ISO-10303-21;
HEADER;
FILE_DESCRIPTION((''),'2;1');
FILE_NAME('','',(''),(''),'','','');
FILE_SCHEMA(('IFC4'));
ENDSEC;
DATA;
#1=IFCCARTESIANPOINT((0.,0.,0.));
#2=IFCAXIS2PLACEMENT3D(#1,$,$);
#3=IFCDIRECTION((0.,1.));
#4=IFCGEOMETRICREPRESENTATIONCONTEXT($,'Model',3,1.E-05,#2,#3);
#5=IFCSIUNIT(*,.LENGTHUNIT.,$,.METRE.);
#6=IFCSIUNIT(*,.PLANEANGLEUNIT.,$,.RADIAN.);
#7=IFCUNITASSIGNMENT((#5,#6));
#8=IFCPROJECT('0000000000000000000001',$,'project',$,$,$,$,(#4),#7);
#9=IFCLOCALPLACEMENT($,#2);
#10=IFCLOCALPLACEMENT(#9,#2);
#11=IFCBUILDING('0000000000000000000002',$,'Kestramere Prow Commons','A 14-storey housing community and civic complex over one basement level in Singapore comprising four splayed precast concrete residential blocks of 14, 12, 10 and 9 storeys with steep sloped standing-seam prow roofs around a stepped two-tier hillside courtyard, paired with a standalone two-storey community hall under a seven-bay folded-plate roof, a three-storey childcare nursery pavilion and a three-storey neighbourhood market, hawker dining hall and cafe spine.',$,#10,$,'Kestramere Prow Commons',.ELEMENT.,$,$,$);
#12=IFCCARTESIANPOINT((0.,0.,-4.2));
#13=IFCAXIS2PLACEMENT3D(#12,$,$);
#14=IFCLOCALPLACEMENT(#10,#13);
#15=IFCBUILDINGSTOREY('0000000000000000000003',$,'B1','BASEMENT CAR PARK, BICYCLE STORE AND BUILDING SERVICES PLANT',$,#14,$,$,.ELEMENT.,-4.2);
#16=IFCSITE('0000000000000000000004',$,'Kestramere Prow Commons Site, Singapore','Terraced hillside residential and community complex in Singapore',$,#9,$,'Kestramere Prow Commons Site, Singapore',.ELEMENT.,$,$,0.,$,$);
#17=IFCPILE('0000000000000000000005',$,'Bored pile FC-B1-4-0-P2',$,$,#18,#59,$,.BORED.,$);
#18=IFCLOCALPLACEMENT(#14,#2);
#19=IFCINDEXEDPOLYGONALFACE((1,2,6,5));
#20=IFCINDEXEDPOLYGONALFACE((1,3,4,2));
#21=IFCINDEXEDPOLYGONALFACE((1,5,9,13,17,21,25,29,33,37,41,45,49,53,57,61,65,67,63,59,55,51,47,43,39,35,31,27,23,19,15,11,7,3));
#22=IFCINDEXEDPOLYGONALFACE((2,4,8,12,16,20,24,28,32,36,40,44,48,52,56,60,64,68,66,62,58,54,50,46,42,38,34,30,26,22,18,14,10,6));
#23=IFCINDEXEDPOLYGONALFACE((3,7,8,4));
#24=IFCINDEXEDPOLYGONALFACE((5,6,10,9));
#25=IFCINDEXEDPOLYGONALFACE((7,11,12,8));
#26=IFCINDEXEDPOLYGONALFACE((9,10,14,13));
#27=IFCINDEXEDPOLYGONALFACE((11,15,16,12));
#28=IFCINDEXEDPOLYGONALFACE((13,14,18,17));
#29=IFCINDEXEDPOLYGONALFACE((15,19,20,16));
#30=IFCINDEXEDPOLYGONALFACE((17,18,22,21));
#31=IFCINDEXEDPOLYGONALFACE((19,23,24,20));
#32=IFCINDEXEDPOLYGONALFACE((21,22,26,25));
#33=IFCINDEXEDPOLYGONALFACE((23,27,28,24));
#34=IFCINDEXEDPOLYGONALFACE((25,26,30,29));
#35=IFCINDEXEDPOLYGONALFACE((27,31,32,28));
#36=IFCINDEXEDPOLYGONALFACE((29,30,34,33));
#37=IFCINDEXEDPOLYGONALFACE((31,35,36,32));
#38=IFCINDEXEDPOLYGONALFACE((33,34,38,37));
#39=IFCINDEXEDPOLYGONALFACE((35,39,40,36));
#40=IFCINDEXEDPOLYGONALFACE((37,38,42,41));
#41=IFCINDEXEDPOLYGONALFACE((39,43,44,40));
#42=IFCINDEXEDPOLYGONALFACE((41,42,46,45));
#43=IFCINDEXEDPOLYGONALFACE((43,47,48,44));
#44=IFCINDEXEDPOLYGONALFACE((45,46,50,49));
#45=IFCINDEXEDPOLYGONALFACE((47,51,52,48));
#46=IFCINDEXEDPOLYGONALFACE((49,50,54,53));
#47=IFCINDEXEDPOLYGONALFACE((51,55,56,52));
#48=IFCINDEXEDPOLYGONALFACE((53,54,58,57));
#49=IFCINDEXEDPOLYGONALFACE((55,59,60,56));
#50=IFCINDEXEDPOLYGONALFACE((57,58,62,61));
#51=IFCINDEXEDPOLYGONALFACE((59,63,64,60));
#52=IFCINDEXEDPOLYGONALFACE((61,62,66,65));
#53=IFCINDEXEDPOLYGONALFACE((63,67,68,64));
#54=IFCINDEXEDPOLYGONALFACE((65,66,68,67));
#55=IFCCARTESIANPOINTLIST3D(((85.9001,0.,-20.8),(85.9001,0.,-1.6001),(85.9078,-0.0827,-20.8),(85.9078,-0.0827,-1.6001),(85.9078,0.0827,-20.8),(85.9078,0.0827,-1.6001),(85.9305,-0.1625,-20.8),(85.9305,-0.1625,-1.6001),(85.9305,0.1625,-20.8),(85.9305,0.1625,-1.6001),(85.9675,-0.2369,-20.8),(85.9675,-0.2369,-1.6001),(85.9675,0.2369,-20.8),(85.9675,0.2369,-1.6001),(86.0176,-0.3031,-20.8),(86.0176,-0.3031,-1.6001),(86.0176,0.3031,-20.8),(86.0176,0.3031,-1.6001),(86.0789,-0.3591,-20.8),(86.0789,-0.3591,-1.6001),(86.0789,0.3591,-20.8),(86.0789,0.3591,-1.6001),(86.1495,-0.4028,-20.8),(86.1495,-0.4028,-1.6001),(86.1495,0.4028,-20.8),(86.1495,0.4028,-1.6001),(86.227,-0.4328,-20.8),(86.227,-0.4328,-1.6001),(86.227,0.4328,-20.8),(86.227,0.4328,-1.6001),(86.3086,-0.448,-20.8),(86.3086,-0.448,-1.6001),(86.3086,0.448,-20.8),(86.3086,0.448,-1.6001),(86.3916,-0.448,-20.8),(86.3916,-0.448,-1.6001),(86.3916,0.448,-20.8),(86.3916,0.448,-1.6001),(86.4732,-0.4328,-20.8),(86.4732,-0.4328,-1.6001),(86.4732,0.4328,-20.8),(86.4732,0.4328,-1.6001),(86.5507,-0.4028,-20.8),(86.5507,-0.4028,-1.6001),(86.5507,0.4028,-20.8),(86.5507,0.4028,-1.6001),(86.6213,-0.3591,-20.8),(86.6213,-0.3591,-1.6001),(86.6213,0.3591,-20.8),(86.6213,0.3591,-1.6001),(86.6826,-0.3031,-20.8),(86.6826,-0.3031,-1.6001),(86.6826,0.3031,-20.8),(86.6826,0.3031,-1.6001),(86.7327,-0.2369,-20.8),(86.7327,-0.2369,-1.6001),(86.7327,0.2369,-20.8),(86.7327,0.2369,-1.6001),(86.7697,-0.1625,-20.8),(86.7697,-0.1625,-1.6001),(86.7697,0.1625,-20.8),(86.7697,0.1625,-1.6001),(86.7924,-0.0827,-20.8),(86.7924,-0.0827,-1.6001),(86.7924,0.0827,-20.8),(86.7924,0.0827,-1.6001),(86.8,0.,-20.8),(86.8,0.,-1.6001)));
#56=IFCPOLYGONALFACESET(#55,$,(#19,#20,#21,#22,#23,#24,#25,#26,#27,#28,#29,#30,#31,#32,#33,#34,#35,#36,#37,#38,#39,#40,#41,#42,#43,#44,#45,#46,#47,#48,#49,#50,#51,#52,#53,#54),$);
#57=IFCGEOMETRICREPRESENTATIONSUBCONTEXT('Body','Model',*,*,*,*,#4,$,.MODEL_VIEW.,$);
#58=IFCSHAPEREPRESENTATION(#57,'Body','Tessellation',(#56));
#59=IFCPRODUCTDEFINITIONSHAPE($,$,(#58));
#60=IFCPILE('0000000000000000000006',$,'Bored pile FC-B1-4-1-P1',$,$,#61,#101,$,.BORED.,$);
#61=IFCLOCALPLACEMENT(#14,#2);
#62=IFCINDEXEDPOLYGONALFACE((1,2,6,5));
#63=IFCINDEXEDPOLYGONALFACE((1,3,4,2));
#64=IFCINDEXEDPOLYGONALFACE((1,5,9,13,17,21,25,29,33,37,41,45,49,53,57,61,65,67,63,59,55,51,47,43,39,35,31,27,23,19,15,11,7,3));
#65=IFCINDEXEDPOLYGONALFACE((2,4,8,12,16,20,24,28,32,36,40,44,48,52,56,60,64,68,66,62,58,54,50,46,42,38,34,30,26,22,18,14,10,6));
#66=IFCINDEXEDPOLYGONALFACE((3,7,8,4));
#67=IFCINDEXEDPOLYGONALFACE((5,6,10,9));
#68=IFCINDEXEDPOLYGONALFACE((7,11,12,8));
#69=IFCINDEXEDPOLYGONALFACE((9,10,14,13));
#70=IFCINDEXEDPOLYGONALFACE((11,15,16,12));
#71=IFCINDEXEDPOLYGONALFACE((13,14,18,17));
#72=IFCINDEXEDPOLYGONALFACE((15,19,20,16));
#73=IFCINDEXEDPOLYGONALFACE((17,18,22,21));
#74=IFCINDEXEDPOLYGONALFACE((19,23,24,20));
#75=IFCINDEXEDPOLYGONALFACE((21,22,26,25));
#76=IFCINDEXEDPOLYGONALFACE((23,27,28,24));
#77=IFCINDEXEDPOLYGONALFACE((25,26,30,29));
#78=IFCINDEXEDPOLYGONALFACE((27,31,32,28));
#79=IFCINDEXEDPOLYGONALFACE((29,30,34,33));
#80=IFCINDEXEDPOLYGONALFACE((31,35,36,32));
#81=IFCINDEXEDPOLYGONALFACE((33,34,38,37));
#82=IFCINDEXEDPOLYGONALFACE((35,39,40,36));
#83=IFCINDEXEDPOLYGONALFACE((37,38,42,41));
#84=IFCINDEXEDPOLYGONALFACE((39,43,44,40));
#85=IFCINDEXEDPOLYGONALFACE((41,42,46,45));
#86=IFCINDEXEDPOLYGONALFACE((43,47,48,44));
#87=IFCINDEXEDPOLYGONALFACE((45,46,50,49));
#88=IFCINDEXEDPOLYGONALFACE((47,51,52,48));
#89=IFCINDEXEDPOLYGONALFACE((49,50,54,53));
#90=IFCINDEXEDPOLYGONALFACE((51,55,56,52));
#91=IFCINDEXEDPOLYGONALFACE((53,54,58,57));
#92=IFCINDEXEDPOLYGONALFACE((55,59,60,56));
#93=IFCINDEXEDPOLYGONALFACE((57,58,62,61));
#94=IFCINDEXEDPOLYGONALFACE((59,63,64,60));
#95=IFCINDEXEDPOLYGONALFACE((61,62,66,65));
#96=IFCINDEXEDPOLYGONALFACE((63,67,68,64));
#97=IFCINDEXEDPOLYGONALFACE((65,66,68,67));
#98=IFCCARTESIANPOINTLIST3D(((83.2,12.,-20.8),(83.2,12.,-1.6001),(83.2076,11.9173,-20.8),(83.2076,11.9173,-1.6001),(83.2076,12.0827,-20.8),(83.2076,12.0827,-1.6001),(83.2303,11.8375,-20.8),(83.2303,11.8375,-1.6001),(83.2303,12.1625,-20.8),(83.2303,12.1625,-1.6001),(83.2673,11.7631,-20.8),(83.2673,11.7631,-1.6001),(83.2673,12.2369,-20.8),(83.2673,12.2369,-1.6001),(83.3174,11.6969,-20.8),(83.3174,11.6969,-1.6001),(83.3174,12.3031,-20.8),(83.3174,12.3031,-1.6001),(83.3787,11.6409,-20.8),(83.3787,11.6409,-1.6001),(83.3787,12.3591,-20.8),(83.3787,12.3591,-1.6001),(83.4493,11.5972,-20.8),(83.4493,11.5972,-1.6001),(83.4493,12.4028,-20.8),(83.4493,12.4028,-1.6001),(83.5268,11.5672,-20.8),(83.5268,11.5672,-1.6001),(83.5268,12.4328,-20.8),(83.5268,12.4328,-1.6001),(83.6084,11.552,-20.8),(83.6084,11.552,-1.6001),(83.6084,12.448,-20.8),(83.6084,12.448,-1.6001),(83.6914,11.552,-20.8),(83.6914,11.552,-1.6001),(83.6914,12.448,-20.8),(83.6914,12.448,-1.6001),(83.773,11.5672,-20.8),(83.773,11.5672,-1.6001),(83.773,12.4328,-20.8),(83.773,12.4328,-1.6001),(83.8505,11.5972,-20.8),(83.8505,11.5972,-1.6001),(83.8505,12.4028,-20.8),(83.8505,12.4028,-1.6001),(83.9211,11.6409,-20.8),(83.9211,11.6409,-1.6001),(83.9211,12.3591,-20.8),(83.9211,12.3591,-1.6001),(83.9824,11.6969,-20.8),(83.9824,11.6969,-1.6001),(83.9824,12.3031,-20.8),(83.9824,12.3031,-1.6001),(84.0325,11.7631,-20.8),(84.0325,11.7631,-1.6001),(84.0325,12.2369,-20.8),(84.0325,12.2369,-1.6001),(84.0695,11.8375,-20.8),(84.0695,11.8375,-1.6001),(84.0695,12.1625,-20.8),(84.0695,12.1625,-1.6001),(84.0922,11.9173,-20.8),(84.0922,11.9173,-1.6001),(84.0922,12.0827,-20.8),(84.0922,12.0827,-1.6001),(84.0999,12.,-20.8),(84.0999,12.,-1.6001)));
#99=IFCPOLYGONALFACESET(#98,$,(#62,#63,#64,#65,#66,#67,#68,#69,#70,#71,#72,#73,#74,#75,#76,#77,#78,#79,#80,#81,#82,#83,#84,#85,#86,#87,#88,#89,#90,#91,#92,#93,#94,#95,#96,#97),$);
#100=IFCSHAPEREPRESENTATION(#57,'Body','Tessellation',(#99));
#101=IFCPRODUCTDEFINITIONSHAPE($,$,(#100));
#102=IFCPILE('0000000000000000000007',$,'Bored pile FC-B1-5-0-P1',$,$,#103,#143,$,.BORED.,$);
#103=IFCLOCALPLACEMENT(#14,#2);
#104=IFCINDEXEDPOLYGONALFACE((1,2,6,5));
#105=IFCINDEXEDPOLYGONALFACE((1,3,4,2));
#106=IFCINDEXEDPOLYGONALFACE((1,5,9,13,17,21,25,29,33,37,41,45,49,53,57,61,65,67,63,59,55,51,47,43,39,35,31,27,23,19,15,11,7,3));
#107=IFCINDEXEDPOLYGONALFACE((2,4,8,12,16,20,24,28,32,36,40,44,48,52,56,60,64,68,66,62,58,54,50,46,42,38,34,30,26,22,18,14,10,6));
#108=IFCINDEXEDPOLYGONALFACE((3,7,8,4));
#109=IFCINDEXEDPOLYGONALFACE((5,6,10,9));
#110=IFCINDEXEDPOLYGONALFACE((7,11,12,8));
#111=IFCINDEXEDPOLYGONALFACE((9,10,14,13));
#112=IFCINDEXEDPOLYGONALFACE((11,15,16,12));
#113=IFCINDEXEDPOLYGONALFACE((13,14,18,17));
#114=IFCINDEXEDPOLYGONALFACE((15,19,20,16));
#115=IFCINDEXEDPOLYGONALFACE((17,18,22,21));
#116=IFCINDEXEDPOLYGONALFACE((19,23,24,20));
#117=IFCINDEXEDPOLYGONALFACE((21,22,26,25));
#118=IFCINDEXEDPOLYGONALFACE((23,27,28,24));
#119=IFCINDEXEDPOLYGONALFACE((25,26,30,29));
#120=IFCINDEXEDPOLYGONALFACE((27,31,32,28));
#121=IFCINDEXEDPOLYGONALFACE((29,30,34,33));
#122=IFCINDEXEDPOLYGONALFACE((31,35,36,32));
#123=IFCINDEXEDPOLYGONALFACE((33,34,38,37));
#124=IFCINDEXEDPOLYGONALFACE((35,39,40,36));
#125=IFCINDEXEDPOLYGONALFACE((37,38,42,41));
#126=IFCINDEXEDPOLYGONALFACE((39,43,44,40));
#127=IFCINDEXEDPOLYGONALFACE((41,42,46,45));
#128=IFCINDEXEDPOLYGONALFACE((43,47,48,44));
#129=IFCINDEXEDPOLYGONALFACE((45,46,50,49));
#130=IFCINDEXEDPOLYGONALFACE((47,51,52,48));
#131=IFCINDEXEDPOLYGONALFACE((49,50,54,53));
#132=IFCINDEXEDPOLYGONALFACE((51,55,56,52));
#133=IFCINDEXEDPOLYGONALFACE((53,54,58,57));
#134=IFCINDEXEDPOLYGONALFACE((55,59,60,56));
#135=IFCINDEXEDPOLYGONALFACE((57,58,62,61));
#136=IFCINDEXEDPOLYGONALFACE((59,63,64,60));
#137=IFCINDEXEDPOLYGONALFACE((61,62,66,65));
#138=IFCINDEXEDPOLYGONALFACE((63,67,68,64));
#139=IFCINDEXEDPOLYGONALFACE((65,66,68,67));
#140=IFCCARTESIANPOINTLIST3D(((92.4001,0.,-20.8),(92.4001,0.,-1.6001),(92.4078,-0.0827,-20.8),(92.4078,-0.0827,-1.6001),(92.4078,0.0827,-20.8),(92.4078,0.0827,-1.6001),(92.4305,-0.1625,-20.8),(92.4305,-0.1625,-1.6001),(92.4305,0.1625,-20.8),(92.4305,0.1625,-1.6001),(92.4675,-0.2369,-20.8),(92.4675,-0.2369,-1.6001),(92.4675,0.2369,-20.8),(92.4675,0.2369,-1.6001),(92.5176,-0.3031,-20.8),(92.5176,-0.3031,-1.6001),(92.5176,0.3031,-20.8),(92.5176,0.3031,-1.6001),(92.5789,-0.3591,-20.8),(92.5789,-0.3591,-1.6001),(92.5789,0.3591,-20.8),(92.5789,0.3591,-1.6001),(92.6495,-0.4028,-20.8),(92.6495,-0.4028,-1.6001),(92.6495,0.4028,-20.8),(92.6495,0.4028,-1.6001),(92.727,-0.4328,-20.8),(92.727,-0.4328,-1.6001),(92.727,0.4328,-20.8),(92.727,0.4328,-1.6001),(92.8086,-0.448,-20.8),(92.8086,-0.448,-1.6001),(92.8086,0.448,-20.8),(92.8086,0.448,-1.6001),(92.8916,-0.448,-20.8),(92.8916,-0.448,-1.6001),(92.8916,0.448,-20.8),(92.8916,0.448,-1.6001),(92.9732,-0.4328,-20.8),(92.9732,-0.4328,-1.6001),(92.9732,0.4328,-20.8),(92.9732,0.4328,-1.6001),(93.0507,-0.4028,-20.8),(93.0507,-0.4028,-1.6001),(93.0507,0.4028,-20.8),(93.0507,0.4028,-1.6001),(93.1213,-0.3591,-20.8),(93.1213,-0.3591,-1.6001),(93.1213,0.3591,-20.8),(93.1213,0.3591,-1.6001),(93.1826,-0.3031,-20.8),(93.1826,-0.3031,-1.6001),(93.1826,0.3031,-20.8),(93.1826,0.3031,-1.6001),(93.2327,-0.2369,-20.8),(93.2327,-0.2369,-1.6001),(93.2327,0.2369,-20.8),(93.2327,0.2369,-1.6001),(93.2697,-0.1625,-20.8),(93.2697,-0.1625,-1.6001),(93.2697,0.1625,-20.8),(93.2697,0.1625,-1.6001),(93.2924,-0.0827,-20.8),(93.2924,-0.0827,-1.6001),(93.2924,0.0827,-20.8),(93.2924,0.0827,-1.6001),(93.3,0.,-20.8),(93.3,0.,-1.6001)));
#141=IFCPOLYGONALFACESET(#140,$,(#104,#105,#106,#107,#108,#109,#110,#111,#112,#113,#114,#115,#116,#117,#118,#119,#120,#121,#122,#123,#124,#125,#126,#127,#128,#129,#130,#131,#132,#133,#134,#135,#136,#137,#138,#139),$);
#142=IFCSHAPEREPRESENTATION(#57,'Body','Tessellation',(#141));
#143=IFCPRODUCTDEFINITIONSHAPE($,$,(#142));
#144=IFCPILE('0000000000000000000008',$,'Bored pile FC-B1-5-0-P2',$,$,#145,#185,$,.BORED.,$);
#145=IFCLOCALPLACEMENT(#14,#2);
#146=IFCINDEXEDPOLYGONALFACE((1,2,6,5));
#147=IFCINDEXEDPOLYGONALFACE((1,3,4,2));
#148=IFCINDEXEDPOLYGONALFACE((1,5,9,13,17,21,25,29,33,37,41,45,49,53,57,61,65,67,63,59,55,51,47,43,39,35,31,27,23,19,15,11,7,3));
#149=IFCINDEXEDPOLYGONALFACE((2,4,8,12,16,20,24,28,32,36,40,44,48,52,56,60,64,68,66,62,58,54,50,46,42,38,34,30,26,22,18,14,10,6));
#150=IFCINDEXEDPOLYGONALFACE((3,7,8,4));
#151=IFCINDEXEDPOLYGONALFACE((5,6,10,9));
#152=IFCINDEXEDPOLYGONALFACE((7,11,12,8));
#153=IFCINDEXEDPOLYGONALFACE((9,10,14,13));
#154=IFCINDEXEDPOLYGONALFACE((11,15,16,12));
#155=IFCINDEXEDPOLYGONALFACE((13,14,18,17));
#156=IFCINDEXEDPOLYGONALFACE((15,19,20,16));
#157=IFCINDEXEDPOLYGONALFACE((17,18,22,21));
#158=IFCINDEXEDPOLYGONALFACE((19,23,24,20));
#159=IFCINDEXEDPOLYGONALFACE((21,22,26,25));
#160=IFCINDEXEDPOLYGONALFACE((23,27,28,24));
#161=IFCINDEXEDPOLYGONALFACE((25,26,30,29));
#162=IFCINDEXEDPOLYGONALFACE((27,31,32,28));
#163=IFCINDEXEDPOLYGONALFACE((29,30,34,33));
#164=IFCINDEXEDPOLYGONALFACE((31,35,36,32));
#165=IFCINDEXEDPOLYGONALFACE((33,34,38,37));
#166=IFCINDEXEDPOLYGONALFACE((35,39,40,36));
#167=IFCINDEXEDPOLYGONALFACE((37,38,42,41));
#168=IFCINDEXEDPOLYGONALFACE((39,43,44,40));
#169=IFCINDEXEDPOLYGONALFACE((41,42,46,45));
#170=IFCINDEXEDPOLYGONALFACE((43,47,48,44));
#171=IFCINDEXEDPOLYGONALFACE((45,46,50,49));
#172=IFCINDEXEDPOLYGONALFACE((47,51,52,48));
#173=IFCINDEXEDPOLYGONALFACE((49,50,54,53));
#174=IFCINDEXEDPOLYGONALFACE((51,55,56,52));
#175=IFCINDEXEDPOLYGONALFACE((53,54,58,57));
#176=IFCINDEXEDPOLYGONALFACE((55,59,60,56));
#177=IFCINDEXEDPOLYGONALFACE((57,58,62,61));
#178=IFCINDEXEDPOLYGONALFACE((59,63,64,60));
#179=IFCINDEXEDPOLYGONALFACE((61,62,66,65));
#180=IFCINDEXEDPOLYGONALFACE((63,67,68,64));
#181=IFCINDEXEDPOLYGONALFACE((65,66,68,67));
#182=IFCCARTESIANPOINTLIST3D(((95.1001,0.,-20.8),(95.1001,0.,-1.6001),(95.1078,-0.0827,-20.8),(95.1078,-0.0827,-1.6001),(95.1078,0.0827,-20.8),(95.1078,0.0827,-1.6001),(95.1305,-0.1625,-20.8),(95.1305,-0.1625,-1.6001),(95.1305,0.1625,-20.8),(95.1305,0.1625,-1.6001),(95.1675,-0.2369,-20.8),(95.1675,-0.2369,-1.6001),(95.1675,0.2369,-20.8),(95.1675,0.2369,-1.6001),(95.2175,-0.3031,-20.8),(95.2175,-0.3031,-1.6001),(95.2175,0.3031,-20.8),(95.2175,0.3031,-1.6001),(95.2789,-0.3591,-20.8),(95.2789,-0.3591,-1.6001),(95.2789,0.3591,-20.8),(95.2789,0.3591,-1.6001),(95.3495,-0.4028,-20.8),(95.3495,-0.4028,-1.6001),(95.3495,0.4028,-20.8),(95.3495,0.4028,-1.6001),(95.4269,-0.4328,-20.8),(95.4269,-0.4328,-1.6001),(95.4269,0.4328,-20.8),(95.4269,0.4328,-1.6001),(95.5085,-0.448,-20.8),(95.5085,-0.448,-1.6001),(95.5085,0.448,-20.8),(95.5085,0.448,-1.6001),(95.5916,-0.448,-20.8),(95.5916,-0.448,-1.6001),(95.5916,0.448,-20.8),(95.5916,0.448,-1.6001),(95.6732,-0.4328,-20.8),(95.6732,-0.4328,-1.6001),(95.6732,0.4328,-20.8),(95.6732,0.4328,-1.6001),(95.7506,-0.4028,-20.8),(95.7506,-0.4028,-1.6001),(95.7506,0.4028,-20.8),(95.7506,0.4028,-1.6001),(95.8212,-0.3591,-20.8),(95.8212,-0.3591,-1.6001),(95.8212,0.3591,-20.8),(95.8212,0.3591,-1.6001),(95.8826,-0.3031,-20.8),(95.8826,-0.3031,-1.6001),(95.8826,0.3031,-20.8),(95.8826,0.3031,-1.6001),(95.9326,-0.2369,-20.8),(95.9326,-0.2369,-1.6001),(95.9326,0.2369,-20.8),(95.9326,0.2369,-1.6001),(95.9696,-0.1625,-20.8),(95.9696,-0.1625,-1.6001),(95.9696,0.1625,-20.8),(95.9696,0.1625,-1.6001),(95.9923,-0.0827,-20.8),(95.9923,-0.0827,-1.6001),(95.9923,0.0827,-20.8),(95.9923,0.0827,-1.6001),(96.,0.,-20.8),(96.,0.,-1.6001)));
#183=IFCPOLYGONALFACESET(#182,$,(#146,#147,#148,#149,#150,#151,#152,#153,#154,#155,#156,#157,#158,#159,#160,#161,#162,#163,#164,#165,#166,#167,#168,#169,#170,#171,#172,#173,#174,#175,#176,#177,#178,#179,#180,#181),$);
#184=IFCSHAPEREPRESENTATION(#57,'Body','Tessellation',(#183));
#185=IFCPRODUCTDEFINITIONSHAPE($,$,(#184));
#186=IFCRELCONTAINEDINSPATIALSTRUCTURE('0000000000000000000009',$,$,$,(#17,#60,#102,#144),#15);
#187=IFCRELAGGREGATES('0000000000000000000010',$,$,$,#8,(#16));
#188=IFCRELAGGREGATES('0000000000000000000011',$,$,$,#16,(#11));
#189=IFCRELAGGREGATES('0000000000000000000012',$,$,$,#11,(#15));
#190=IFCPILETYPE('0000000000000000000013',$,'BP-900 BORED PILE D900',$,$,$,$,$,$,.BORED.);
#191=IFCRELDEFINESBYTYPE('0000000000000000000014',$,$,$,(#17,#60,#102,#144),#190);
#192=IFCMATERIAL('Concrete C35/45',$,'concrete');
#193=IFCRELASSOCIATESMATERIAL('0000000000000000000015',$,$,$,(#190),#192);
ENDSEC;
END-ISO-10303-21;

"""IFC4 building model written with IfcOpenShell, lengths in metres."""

from ifc_helpers import new_model, si_unit, direction, frame, origin, origin_2d, place, context, subcontext, project, spatial, circle, extrude, material, material_profile, profile_set, type_object, element, save


model = new_model("IFC4")

# Units and contexts
model_context = context("Model", 3, precision=1e-05, world=origin(), true_north=direction((0.0, 1.0)))
body_context = subcontext(model_context, "Body", "Model", "MODEL_VIEW")
ifc_project = project(units=[si_unit("LENGTHUNIT", "METRE"), si_unit("PLANEANGLEUNIT", "RADIAN")], contexts=[model_context])

# Site, building, storey
site_placement = place(None, origin())
site = spatial("IfcSite", under=ifc_project, at=site_placement, Name="Kestramere Prow Commons Site, Singapore", Description="Terraced hillside residential and community complex in Singapore", LongName="Kestramere Prow Commons Site, Singapore", CompositionType="ELEMENT", RefElevation=0.0)
building_placement = place(site_placement, origin())
building = spatial("IfcBuilding", under=site, at=building_placement, Name="Kestramere Prow Commons", Description="A 14-storey housing community and civic complex over one basement level in Singapore comprising four splayed precast concrete residential blocks of 14, 12, 10 and 9 storeys with steep sloped standing-seam prow roofs around a stepped two-tier hillside courtyard, paired with a standalone two-storey community hall under a seven-bay folded-plate roof, a three-storey childcare nursery pavilion and a three-storey neighbourhood market, hawker dining hall and cafe spine.", LongName="Kestramere Prow Commons", CompositionType="ELEMENT")
storey_placement = place(building_placement, frame((0.0, 0.0, -4.2)))
storey = spatial("IfcBuildingStorey", under=building, at=storey_placement, Name="B1", Description="BASEMENT CAR PARK, BICYCLE STORE AND BUILDING SERVICES PLANT", CompositionType="ELEMENT", Elevation=-4.2)

# Piles
ifc_material = material(Name="Concrete C35/45", Category="concrete")
ifc_material_profile_1 = material_profile(ifc_material, circle(Radius=0.45, at=origin_2d()), Name="BORED PILE D900")
ifc_profile_set_1 = profile_set([ifc_material_profile_1], Name="Concrete C35/45")
pile_type = type_object("IfcPileType", Name="BP-900 BORED PILE D900", PredefinedType="BORED", material=ifc_profile_set_1)
for number, where, z_axis, x_axis, name in (
    (1, (86.3501, 0.0, -1.6001), (0.0, 0.0, -1.0), (1.0, 0.0, 0.0), "Bored pile FC-B1-4-0-P2"),
    (2, (83.6499, 12.0, -1.6001), (0.0, 0.0, -1.0), (1.0, 0.0, 0.0), "Bored pile FC-B1-4-1-P1"),
    (3, (92.8501, 0.0, -1.6001), (0.0, 0.0, -1.0), (1.0, 0.0, 0.0), "Bored pile FC-B1-5-0-P1"),
    (4, (95.55, 0.0, -1.6001), (0.0, 0.0, -1.0), (1.0, 0.0, 0.0), "Bored pile FC-B1-5-0-P2"),
):
    element("IfcPile", number, at=place(storey_placement, frame(where, z_axis=z_axis, x_axis=x_axis)), inside=storey, type_object=pile_type, Name=name, PredefinedType="BORED", context=body_context, shape_type="SweptSolid", body=[
        extrude(circle(Radius=0.45, at=origin_2d()), origin(), (0.0, 0.0, 1.0), 19.2),
    ])

save(model, "model.ifc")
